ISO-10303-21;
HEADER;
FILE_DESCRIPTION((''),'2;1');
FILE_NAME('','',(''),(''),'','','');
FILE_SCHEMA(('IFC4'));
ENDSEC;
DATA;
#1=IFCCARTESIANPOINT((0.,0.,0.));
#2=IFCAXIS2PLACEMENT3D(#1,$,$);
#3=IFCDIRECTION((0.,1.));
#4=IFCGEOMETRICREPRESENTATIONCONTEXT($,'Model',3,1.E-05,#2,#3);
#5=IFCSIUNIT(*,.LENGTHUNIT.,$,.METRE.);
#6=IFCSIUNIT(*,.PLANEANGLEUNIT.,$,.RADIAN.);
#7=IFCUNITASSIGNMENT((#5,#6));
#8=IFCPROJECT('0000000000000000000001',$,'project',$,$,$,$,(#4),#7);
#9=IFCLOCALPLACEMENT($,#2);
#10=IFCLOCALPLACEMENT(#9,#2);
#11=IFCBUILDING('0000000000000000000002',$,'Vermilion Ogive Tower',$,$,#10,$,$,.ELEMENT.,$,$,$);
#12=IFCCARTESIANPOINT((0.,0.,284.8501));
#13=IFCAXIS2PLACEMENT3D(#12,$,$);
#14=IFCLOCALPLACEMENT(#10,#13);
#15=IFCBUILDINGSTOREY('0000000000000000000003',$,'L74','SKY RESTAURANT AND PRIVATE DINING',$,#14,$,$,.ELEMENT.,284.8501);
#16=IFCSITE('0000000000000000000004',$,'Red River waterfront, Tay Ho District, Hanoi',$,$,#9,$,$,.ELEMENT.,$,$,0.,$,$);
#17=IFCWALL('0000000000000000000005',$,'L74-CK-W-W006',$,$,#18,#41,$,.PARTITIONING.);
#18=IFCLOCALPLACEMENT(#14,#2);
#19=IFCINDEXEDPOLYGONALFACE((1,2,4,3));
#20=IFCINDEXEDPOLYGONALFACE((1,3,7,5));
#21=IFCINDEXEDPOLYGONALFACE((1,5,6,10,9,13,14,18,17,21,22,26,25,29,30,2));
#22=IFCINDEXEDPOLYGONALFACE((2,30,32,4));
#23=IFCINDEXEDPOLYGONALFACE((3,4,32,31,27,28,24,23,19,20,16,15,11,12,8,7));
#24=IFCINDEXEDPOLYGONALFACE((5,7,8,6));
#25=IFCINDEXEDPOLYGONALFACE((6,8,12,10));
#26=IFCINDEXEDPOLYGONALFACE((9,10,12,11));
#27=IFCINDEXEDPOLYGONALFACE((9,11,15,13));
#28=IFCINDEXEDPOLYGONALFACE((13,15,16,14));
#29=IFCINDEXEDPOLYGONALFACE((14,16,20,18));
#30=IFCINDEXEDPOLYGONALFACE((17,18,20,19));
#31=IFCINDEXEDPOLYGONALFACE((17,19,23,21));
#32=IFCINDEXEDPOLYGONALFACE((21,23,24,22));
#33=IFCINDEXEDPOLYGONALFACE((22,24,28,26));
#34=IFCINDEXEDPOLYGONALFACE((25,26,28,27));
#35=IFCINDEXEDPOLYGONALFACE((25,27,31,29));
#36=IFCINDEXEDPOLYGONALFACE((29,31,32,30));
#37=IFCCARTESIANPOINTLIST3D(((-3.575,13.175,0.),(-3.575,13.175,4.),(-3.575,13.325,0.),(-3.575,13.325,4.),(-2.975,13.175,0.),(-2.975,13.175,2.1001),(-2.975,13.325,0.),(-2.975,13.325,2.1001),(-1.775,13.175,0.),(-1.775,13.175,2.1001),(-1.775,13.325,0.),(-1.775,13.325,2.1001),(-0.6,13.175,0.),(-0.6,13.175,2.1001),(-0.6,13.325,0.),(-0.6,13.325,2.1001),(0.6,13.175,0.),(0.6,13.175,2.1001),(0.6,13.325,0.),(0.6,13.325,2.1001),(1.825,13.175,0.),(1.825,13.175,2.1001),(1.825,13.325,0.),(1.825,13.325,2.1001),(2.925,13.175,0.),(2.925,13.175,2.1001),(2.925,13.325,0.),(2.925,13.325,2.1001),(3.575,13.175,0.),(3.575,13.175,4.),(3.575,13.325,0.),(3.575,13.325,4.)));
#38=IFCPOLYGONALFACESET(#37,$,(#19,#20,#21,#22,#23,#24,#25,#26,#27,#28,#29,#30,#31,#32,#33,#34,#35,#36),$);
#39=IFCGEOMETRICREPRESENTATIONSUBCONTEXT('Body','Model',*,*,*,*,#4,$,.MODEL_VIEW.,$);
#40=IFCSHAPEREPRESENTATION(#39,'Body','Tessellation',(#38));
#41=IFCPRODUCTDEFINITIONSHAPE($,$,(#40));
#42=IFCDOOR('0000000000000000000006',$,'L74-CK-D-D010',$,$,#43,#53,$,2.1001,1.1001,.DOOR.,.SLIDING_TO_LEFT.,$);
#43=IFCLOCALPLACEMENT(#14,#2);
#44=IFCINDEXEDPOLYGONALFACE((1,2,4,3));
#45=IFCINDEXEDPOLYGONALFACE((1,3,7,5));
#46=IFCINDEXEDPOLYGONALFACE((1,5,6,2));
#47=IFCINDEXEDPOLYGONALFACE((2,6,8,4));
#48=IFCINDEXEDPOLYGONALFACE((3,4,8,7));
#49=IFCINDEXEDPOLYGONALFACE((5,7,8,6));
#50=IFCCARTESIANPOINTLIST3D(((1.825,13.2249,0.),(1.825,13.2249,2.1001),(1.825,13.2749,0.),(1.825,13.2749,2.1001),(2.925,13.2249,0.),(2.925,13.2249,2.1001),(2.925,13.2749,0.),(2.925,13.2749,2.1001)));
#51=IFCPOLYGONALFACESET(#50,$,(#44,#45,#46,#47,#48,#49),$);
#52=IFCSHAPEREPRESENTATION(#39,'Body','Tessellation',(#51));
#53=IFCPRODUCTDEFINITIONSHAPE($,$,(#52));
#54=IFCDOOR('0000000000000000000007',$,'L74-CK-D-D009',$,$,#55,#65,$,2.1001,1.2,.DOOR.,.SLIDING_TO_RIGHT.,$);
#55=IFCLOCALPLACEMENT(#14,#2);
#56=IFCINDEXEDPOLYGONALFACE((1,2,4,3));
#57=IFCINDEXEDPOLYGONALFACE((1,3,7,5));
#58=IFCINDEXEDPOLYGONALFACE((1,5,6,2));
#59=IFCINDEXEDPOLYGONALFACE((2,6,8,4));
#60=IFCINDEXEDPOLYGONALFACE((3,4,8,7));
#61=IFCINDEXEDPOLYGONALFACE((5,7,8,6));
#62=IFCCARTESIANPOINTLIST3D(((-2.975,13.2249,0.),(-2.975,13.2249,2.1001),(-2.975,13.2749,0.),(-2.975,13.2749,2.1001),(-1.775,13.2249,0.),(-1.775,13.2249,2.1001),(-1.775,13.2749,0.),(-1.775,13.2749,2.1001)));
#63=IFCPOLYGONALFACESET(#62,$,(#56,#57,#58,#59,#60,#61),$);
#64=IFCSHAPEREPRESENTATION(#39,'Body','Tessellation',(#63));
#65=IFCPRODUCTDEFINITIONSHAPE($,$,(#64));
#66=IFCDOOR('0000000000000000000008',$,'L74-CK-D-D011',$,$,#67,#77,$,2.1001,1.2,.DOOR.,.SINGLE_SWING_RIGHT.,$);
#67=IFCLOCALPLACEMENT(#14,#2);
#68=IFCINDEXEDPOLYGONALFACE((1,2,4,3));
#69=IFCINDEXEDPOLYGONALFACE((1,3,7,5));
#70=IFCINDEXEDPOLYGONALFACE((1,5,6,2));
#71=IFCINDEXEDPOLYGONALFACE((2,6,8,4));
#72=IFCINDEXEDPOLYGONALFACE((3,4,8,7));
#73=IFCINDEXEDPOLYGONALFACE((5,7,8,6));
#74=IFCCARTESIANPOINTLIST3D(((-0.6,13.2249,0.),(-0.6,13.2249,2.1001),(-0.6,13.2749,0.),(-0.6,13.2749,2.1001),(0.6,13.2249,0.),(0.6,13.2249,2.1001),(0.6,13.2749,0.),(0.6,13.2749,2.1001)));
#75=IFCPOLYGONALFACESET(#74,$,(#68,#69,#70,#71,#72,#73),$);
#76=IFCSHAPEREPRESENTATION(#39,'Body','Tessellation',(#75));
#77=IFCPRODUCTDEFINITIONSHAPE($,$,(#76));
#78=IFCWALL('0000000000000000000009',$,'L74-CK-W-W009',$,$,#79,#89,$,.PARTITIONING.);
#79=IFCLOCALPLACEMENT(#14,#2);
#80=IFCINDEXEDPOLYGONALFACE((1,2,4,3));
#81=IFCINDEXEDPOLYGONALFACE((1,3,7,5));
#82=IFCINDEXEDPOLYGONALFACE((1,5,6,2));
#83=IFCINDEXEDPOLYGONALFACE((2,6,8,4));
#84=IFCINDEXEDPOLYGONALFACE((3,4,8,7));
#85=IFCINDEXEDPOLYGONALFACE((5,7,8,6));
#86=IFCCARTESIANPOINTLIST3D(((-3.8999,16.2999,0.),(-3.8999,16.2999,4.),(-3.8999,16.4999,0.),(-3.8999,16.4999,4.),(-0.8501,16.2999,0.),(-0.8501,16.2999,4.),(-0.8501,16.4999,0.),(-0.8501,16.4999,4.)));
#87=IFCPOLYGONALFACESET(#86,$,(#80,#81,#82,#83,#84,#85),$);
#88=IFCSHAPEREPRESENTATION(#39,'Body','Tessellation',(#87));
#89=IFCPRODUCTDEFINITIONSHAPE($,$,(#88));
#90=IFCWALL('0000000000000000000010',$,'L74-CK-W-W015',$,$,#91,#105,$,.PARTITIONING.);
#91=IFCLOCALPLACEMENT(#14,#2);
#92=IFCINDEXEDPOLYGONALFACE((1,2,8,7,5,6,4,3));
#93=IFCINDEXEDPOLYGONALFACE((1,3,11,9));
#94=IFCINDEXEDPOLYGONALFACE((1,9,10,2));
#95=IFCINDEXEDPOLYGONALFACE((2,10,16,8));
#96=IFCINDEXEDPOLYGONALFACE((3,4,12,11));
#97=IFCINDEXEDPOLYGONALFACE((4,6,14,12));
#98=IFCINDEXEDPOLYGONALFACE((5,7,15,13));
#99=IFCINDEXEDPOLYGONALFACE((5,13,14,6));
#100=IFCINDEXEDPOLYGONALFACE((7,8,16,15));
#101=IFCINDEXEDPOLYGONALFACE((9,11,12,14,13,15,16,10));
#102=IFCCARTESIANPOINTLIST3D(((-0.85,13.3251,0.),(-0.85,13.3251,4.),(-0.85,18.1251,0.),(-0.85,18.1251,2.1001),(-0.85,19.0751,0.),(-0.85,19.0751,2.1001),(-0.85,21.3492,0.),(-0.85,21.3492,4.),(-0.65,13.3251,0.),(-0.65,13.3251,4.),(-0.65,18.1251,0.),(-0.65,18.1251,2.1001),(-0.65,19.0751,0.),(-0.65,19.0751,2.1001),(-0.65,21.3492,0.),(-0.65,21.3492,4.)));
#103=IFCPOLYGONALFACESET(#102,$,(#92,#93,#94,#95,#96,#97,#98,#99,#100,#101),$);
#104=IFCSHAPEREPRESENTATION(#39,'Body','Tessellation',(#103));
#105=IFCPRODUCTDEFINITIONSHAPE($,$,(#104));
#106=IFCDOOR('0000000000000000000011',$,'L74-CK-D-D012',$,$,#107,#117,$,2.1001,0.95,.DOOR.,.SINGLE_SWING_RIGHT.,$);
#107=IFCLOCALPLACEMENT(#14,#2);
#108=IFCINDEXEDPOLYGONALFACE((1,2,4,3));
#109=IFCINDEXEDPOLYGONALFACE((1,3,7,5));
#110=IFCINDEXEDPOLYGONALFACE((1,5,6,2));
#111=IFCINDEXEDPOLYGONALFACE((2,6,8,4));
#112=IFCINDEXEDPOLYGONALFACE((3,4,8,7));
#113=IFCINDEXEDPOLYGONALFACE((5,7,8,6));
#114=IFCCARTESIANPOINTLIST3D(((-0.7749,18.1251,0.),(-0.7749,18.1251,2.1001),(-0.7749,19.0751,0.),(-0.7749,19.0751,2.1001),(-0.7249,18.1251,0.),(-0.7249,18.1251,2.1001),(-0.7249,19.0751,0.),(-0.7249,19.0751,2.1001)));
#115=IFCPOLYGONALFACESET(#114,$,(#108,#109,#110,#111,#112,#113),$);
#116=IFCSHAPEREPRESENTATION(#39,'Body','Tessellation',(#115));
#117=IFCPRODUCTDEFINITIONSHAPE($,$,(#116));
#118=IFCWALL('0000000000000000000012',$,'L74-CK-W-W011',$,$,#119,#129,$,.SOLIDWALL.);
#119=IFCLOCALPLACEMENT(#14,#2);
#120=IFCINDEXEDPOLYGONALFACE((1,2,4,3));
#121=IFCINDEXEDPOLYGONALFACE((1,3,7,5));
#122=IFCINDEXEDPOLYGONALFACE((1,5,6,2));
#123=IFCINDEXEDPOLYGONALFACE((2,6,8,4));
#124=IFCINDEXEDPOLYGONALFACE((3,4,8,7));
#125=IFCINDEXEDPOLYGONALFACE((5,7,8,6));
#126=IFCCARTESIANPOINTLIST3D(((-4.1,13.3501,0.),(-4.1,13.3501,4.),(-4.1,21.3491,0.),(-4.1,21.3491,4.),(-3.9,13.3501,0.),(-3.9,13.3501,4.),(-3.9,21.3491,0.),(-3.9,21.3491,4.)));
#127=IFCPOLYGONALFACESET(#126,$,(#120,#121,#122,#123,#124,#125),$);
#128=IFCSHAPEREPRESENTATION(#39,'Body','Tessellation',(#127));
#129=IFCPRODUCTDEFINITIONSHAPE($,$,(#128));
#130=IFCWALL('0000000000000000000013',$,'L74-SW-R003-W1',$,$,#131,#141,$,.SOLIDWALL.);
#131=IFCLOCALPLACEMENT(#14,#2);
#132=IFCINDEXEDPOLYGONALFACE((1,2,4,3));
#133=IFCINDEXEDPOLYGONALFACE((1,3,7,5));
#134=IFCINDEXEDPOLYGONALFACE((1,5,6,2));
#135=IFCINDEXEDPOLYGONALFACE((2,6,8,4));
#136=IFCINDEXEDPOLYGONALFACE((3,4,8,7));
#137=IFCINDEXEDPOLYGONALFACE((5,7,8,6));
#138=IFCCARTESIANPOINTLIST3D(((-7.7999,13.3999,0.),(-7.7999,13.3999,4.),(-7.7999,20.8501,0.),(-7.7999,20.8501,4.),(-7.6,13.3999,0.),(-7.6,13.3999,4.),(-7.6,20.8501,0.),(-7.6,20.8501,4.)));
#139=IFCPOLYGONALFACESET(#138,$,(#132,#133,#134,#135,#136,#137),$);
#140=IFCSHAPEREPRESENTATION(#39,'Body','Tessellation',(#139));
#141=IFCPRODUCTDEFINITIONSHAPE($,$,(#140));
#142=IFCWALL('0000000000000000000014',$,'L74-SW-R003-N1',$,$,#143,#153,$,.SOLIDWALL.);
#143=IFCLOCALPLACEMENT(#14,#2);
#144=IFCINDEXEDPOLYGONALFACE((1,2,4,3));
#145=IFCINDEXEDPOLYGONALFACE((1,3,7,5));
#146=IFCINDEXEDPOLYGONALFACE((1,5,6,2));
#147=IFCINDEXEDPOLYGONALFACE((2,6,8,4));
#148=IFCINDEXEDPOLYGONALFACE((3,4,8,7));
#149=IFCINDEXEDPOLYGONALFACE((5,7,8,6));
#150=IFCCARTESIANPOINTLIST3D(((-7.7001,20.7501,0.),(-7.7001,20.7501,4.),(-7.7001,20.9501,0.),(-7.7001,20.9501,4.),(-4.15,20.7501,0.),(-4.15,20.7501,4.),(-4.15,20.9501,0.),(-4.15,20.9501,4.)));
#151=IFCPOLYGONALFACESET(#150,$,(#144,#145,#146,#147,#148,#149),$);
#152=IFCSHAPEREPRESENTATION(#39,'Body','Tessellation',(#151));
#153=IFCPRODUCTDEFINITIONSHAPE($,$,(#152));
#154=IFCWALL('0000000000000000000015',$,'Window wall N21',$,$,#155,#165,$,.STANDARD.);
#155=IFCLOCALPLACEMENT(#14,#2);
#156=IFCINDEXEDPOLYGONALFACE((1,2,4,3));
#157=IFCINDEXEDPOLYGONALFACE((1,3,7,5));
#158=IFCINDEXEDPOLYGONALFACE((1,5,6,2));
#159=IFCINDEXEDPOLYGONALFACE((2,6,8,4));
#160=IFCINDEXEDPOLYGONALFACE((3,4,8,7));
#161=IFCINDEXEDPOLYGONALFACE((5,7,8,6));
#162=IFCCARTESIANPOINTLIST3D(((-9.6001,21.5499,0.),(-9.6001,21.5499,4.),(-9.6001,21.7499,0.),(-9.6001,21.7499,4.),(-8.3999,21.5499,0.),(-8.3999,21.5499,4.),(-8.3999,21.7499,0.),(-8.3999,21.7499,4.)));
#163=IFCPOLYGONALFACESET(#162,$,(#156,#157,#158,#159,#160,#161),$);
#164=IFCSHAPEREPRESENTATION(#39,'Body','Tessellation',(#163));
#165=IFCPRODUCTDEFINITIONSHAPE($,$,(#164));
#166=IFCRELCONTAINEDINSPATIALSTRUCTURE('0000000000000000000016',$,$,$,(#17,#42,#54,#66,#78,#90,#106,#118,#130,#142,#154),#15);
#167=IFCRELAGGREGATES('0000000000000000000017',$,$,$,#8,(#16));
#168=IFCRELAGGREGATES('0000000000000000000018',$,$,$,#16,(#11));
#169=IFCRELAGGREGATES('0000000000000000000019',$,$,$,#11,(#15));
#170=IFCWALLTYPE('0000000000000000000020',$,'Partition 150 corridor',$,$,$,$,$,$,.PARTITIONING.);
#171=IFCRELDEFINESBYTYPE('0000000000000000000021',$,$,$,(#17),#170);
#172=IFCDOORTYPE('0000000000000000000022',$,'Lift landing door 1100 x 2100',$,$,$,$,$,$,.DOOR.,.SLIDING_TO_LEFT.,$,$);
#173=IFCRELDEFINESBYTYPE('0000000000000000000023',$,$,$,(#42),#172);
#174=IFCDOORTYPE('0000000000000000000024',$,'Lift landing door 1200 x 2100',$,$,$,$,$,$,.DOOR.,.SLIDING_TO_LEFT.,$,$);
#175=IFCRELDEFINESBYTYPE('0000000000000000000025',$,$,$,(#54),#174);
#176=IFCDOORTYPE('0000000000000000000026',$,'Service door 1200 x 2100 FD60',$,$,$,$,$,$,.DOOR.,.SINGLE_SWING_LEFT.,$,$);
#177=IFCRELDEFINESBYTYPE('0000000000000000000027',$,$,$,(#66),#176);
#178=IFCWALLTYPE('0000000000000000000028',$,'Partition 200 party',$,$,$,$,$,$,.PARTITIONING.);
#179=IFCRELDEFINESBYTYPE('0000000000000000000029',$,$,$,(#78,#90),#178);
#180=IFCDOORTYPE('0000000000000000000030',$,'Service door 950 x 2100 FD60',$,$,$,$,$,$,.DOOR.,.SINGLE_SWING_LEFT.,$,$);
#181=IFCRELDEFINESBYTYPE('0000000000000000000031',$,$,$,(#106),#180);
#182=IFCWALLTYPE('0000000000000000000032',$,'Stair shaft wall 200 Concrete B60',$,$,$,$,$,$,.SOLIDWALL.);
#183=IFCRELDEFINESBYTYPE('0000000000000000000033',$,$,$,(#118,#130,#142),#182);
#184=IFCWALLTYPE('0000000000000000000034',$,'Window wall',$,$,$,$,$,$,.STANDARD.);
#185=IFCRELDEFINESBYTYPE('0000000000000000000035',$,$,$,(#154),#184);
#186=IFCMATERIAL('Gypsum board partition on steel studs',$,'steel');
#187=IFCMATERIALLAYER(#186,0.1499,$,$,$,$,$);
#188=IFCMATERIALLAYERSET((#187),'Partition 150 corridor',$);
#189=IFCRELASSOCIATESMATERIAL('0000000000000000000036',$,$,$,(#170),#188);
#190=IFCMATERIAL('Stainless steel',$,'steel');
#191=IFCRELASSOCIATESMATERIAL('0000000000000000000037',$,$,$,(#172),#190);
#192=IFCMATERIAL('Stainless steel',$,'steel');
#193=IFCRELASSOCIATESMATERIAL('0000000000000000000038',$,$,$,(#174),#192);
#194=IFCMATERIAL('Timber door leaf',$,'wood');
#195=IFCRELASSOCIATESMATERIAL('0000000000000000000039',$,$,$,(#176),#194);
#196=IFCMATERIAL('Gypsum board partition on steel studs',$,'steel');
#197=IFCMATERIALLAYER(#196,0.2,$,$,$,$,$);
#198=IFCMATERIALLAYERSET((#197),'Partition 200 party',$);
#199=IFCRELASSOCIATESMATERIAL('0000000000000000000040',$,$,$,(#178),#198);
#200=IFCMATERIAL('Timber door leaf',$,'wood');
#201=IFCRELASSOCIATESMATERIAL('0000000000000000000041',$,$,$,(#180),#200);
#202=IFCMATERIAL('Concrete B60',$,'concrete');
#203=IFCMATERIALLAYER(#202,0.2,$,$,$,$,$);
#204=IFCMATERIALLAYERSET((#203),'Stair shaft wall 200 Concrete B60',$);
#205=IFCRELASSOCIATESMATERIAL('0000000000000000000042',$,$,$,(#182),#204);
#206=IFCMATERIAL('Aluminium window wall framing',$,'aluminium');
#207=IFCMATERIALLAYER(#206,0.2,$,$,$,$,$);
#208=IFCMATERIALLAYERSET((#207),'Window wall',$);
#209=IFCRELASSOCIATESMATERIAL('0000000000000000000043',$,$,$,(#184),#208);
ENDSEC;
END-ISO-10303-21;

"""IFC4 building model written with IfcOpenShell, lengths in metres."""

from ifc_helpers import new_model, si_unit, direction, frame, frame_2d, origin, place, context, subcontext, project, spatial, rectangle, extrude, material, layer, layer_set, type_object, element, fill, save


model = new_model("IFC4")

# Units and contexts
model_context = context("Model", 3, precision=1e-05, world=origin(), true_north=direction((0.0, 1.0)))
body_context = subcontext(model_context, "Body", "Model", "MODEL_VIEW")
ifc_project = project(units=[si_unit("LENGTHUNIT", "METRE"), si_unit("PLANEANGLEUNIT", "RADIAN")], contexts=[model_context])

# Site, building, storey
site_placement = place(None, origin())
site = spatial("IfcSite", under=ifc_project, at=site_placement, Name="Red River waterfront, Tay Ho District, Hanoi", CompositionType="ELEMENT", RefElevation=0.0)
building_placement = place(site_placement, origin())
building = spatial("IfcBuilding", under=site, at=building_placement, Name="Vermilion Ogive Tower", CompositionType="ELEMENT")
storey_placement = place(building_placement, frame((0.0, 0.0, 284.8501)))
storey = spatial("IfcBuildingStorey", under=building, at=storey_placement, Name="L74", Description="SKY RESTAURANT AND PRIVATE DINING", CompositionType="ELEMENT", Elevation=284.8501)

# Wall, openings, doors
ifc_material_1 = material(Name="Gypsum board partition on steel studs", Category="steel")
ifc_layer_1 = layer(ifc_material_1, 0.1499)
ifc_layer_set_1 = layer_set([ifc_layer_1], Name="Partition 150 corridor")
wall_type_1 = type_object("IfcWallType", Name="Partition 150 corridor", PredefinedType="PARTITIONING", material=ifc_layer_set_1)
wall_1_placement = place(storey_placement, frame((-3.575, 13.25, 0.0), z_axis=(0.0, 0.0, 1.0), x_axis=(1.0, 0.0, 0.0)))
wall_1 = element("IfcWall", 1, at=wall_1_placement, inside=storey, type_object=wall_type_1, Name="L74-CK-W-W006", PredefinedType="PARTITIONING", context=body_context, shape_type="SweptSolid", body=[
    extrude(rectangle(XDim=7.1499, YDim=0.1499, at=frame_2d((3.575, 0.0))), origin(), (0.0, 0.0, 1.0), 4.0),
])
opening_1_placement = place(wall_1_placement, frame((0.5999, 0.0, 0.0)))
opening_1 = element("IfcOpeningElement", 2, at=opening_1_placement, cuts=wall_1, PredefinedType="OPENING", context=body_context, shape_type="SweptSolid", body=[
    extrude(rectangle(XDim=1.2, YDim=2.1001, at=frame_2d((0.6001, 1.05))), frame((0.0, 0.085, 0.0), z_axis=(0.0, -1.0, 0.0), x_axis=(1.0, 0.0, 0.0)), (0.0, 0.0, 1.0), 0.1699),
])
opening_2_placement = place(wall_1_placement, frame((5.3999, 0.0, 0.0)))
opening_2 = element("IfcOpeningElement", 3, at=opening_2_placement, cuts=wall_1, PredefinedType="OPENING", context=body_context, shape_type="SweptSolid", body=[
    extrude(rectangle(XDim=1.1001, YDim=2.1001, at=frame_2d((0.55, 1.05))), frame((0.0, 0.085, 0.0), z_axis=(0.0, -1.0, 0.0), x_axis=(1.0, 0.0, 0.0)), (0.0, 0.0, 1.0), 0.1699),
])
opening_3_placement = place(wall_1_placement, frame((2.9749, 0.0, 0.0)))
opening_3 = element("IfcOpeningElement", 4, at=opening_3_placement, cuts=wall_1, PredefinedType="OPENING", context=body_context, shape_type="SweptSolid", body=[
    extrude(rectangle(XDim=1.2, YDim=2.1001, at=frame_2d((0.6001, 1.05))), frame((0.0, 0.085, 0.0), z_axis=(0.0, -1.0, 0.0), x_axis=(1.0, 0.0, 0.0)), (0.0, 0.0, 1.0), 0.1699),
])
ifc_material_2 = material(Name="Stainless steel", Category="steel")
door_type_1 = type_object("IfcDoorType", Name="Lift landing door 1100 x 2100", OperationType="SLIDING_TO_LEFT", PredefinedType="DOOR", material=ifc_material_2)
door_1_placement = place(opening_2_placement, origin())
door_1 = element("IfcDoor", 5, at=door_1_placement, inside=storey, type_object=door_type_1, Name="L74-CK-D-D010", OperationType="SLIDING_TO_LEFT", OverallHeight=2.1001, OverallWidth=1.1001, PredefinedType="DOOR", context=body_context, shape_type="SweptSolid", body=[
    extrude(rectangle(XDim=1.1001, YDim=2.1001, at=frame_2d((0.55, 1.05))), frame((0.0, 0.0249, 0.0), z_axis=(0.0, -1.0, 0.0), x_axis=(1.0, 0.0, 0.0)), (0.0, 0.0, 1.0), 0.05),
])
fill(opening_2, door_1)
ifc_material_3 = material(Name="Stainless steel", Category="steel")
door_type_2 = type_object("IfcDoorType", Name="Lift landing door 1200 x 2100", OperationType="SLIDING_TO_LEFT", PredefinedType="DOOR", material=ifc_material_3)
door_2_placement = place(opening_1_placement, origin())
door_2 = element("IfcDoor", 6, at=door_2_placement, inside=storey, type_object=door_type_2, Name="L74-CK-D-D009", OperationType="SLIDING_TO_RIGHT", OverallHeight=2.1001, OverallWidth=1.2, PredefinedType="DOOR", context=body_context, shape_type="SweptSolid", body=[
    extrude(rectangle(XDim=1.2, YDim=2.1001, at=frame_2d((0.6001, 1.05))), frame((0.0, 0.0249, 0.0), z_axis=(0.0, -1.0, 0.0), x_axis=(1.0, 0.0, 0.0)), (0.0, 0.0, 1.0), 0.05),
])
fill(opening_1, door_2)
ifc_material_4 = material(Name="Timber door leaf", Category="wood")
door_type_3 = type_object("IfcDoorType", Name="Service door 1200 x 2100 FD60", OperationType="SINGLE_SWING_LEFT", PredefinedType="DOOR", material=ifc_material_4)
door_3_placement = place(opening_3_placement, origin())
door_3 = element("IfcDoor", 7, at=door_3_placement, inside=storey, type_object=door_type_3, Name="L74-CK-D-D011", OperationType="SINGLE_SWING_RIGHT", OverallHeight=2.1001, OverallWidth=1.2, PredefinedType="DOOR", context=body_context, shape_type="SweptSolid", body=[
    extrude(rectangle(XDim=1.2, YDim=2.1001, at=frame_2d((0.6001, 1.05))), frame((0.0, 0.0249, 0.0), z_axis=(0.0, -1.0, 0.0), x_axis=(1.0, 0.0, 0.0)), (0.0, 0.0, 1.0), 0.05),
])
fill(opening_3, door_3)

# Wall
ifc_material_5 = material(Name="Gypsum board partition on steel studs", Category="steel")
ifc_layer_2 = layer(ifc_material_5, 0.2)
ifc_layer_set_2 = layer_set([ifc_layer_2], Name="Partition 200 party")
wall_type_2 = type_object("IfcWallType", Name="Partition 200 party", PredefinedType="PARTITIONING", material=ifc_layer_set_2)
wall_2_placement = place(storey_placement, frame((-3.8999, 16.3999, 0.0), z_axis=(0.0, 0.0, 1.0), x_axis=(1.0, 0.0, 0.0)))
element("IfcWall", 8, at=wall_2_placement, inside=storey, type_object=wall_type_2, Name="L74-CK-W-W009", PredefinedType="PARTITIONING", context=body_context, shape_type="SweptSolid", body=[
    extrude(rectangle(XDim=3.0498, YDim=0.2, at=frame_2d((1.5249, 0.0))), origin(), (0.0, 0.0, 1.0), 4.0),
])

# Wall, opening, door
wall_3_placement = place(storey_placement, frame((-0.75, 13.325, 0.0), z_axis=(0.0, 0.0, 1.0), x_axis=(0.0, 1.0, 0.0)))
wall_3 = element("IfcWall", 9, at=wall_3_placement, inside=storey, type_object=wall_type_2, Name="L74-CK-W-W015", PredefinedType="PARTITIONING", context=body_context, shape_type="SweptSolid", body=[
    extrude(rectangle(XDim=8.0242, YDim=0.2, at=frame_2d((4.0122, 0.0))), origin(), (0.0, 0.0, 1.0), 4.0),
])
opening_4_placement = place(wall_3_placement, frame((4.8, 0.0, 0.0)))
opening_4 = element("IfcOpeningElement", 10, at=opening_4_placement, cuts=wall_3, PredefinedType="OPENING", context=body_context, shape_type="SweptSolid", body=[
    extrude(rectangle(XDim=0.95, YDim=2.1001, at=frame_2d((0.4751, 1.05))), frame((0.0, 0.1099, 0.0), z_axis=(0.0, -1.0, 0.0), x_axis=(1.0, 0.0, 0.0)), (0.0, 0.0, 1.0), 0.22),
])
ifc_material_6 = material(Name="Timber door leaf", Category="wood")
door_type_4 = type_object("IfcDoorType", Name="Service door 950 x 2100 FD60", OperationType="SINGLE_SWING_LEFT", PredefinedType="DOOR", material=ifc_material_6)
door_4_placement = place(opening_4_placement, origin())
door_4 = element("IfcDoor", 11, at=door_4_placement, inside=storey, type_object=door_type_4, Name="L74-CK-D-D012", OperationType="SINGLE_SWING_RIGHT", OverallHeight=2.1001, OverallWidth=0.95, PredefinedType="DOOR", context=body_context, shape_type="SweptSolid", body=[
    extrude(rectangle(XDim=0.95, YDim=2.1001, at=frame_2d((0.4751, 1.05))), frame((0.0, 0.0249, 0.0), z_axis=(0.0, -1.0, 0.0), x_axis=(1.0, 0.0, 0.0)), (0.0, 0.0, 1.0), 0.05),
])
fill(opening_4, door_4)

# Walls
ifc_material_7 = material(Name="Concrete B60", Category="concrete")
ifc_layer_3 = layer(ifc_material_7, 0.2)
ifc_layer_set_3 = layer_set([ifc_layer_3], Name="Stair shaft wall 200 Concrete B60")
wall_type_3 = type_object("IfcWallType", Name="Stair shaft wall 200 Concrete B60", PredefinedType="SOLIDWALL", material=ifc_layer_set_3)
wall_4_placement = place(storey_placement, frame((-4.0, 13.3501, 0.0), z_axis=(0.0, 0.0, 1.0), x_axis=(0.0, 1.0, 0.0)))
element("IfcWall", 12, at=wall_4_placement, inside=storey, type_object=wall_type_3, Name="L74-CK-W-W011", PredefinedType="SOLIDWALL", context=body_context, shape_type="SweptSolid", body=[
    extrude(rectangle(XDim=7.999, YDim=0.2, at=frame_2d((3.9995, 0.0))), origin(), (0.0, 0.0, 1.0), 4.0),
])
wall_5_placement = place(storey_placement, frame((-7.7, 13.3999, 0.0), z_axis=(0.0, 0.0, 1.0), x_axis=(0.0, 1.0, 0.0)))
element("IfcWall", 13, at=wall_5_placement, inside=storey, type_object=wall_type_3, Name="L74-SW-R003-W1", PredefinedType="SOLIDWALL", context=body_context, shape_type="SweptSolid", body=[
    extrude(rectangle(XDim=7.4502, YDim=0.2, at=frame_2d((3.7251, 0.0))), origin(), (0.0, 0.0, 1.0), 4.0),
])
wall_6_placement = place(storey_placement, frame((-7.7, 20.8501, 0.0), z_axis=(0.0, 0.0, 1.0), x_axis=(1.0, 0.0, 0.0)))
element("IfcWall", 14, at=wall_6_placement, inside=storey, type_object=wall_type_3, Name="L74-SW-R003-N1", PredefinedType="SOLIDWALL", context=body_context, shape_type="SweptSolid", body=[
    extrude(rectangle(XDim=3.55, YDim=0.2, at=frame_2d((1.7749, 0.0))), origin(), (0.0, 0.0, 1.0), 4.0),
])
ifc_material_8 = material(Name="Aluminium window wall framing", Category="aluminium")
ifc_layer_4 = layer(ifc_material_8, 0.2)
ifc_layer_set_4 = layer_set([ifc_layer_4], Name="Window wall")
wall_type_4 = type_object("IfcWallType", Name="Window wall", PredefinedType="STANDARD", material=ifc_layer_set_4)
wall_7_placement = place(storey_placement, frame((-8.3999, 21.6499, 0.0), z_axis=(0.0, 0.0, 1.0), x_axis=(-1.0, 0.0, 0.0)))
element("IfcWall", 15, at=wall_7_placement, inside=storey, type_object=wall_type_4, Name="Window wall N21", PredefinedType="STANDARD", context=body_context, shape_type="SweptSolid", body=[
    extrude(rectangle(XDim=1.2002, YDim=0.2, at=frame_2d((0.6001, 0.0))), origin(), (0.0, 0.0, 1.0), 4.0),
])

save(model, "model.ifc")
